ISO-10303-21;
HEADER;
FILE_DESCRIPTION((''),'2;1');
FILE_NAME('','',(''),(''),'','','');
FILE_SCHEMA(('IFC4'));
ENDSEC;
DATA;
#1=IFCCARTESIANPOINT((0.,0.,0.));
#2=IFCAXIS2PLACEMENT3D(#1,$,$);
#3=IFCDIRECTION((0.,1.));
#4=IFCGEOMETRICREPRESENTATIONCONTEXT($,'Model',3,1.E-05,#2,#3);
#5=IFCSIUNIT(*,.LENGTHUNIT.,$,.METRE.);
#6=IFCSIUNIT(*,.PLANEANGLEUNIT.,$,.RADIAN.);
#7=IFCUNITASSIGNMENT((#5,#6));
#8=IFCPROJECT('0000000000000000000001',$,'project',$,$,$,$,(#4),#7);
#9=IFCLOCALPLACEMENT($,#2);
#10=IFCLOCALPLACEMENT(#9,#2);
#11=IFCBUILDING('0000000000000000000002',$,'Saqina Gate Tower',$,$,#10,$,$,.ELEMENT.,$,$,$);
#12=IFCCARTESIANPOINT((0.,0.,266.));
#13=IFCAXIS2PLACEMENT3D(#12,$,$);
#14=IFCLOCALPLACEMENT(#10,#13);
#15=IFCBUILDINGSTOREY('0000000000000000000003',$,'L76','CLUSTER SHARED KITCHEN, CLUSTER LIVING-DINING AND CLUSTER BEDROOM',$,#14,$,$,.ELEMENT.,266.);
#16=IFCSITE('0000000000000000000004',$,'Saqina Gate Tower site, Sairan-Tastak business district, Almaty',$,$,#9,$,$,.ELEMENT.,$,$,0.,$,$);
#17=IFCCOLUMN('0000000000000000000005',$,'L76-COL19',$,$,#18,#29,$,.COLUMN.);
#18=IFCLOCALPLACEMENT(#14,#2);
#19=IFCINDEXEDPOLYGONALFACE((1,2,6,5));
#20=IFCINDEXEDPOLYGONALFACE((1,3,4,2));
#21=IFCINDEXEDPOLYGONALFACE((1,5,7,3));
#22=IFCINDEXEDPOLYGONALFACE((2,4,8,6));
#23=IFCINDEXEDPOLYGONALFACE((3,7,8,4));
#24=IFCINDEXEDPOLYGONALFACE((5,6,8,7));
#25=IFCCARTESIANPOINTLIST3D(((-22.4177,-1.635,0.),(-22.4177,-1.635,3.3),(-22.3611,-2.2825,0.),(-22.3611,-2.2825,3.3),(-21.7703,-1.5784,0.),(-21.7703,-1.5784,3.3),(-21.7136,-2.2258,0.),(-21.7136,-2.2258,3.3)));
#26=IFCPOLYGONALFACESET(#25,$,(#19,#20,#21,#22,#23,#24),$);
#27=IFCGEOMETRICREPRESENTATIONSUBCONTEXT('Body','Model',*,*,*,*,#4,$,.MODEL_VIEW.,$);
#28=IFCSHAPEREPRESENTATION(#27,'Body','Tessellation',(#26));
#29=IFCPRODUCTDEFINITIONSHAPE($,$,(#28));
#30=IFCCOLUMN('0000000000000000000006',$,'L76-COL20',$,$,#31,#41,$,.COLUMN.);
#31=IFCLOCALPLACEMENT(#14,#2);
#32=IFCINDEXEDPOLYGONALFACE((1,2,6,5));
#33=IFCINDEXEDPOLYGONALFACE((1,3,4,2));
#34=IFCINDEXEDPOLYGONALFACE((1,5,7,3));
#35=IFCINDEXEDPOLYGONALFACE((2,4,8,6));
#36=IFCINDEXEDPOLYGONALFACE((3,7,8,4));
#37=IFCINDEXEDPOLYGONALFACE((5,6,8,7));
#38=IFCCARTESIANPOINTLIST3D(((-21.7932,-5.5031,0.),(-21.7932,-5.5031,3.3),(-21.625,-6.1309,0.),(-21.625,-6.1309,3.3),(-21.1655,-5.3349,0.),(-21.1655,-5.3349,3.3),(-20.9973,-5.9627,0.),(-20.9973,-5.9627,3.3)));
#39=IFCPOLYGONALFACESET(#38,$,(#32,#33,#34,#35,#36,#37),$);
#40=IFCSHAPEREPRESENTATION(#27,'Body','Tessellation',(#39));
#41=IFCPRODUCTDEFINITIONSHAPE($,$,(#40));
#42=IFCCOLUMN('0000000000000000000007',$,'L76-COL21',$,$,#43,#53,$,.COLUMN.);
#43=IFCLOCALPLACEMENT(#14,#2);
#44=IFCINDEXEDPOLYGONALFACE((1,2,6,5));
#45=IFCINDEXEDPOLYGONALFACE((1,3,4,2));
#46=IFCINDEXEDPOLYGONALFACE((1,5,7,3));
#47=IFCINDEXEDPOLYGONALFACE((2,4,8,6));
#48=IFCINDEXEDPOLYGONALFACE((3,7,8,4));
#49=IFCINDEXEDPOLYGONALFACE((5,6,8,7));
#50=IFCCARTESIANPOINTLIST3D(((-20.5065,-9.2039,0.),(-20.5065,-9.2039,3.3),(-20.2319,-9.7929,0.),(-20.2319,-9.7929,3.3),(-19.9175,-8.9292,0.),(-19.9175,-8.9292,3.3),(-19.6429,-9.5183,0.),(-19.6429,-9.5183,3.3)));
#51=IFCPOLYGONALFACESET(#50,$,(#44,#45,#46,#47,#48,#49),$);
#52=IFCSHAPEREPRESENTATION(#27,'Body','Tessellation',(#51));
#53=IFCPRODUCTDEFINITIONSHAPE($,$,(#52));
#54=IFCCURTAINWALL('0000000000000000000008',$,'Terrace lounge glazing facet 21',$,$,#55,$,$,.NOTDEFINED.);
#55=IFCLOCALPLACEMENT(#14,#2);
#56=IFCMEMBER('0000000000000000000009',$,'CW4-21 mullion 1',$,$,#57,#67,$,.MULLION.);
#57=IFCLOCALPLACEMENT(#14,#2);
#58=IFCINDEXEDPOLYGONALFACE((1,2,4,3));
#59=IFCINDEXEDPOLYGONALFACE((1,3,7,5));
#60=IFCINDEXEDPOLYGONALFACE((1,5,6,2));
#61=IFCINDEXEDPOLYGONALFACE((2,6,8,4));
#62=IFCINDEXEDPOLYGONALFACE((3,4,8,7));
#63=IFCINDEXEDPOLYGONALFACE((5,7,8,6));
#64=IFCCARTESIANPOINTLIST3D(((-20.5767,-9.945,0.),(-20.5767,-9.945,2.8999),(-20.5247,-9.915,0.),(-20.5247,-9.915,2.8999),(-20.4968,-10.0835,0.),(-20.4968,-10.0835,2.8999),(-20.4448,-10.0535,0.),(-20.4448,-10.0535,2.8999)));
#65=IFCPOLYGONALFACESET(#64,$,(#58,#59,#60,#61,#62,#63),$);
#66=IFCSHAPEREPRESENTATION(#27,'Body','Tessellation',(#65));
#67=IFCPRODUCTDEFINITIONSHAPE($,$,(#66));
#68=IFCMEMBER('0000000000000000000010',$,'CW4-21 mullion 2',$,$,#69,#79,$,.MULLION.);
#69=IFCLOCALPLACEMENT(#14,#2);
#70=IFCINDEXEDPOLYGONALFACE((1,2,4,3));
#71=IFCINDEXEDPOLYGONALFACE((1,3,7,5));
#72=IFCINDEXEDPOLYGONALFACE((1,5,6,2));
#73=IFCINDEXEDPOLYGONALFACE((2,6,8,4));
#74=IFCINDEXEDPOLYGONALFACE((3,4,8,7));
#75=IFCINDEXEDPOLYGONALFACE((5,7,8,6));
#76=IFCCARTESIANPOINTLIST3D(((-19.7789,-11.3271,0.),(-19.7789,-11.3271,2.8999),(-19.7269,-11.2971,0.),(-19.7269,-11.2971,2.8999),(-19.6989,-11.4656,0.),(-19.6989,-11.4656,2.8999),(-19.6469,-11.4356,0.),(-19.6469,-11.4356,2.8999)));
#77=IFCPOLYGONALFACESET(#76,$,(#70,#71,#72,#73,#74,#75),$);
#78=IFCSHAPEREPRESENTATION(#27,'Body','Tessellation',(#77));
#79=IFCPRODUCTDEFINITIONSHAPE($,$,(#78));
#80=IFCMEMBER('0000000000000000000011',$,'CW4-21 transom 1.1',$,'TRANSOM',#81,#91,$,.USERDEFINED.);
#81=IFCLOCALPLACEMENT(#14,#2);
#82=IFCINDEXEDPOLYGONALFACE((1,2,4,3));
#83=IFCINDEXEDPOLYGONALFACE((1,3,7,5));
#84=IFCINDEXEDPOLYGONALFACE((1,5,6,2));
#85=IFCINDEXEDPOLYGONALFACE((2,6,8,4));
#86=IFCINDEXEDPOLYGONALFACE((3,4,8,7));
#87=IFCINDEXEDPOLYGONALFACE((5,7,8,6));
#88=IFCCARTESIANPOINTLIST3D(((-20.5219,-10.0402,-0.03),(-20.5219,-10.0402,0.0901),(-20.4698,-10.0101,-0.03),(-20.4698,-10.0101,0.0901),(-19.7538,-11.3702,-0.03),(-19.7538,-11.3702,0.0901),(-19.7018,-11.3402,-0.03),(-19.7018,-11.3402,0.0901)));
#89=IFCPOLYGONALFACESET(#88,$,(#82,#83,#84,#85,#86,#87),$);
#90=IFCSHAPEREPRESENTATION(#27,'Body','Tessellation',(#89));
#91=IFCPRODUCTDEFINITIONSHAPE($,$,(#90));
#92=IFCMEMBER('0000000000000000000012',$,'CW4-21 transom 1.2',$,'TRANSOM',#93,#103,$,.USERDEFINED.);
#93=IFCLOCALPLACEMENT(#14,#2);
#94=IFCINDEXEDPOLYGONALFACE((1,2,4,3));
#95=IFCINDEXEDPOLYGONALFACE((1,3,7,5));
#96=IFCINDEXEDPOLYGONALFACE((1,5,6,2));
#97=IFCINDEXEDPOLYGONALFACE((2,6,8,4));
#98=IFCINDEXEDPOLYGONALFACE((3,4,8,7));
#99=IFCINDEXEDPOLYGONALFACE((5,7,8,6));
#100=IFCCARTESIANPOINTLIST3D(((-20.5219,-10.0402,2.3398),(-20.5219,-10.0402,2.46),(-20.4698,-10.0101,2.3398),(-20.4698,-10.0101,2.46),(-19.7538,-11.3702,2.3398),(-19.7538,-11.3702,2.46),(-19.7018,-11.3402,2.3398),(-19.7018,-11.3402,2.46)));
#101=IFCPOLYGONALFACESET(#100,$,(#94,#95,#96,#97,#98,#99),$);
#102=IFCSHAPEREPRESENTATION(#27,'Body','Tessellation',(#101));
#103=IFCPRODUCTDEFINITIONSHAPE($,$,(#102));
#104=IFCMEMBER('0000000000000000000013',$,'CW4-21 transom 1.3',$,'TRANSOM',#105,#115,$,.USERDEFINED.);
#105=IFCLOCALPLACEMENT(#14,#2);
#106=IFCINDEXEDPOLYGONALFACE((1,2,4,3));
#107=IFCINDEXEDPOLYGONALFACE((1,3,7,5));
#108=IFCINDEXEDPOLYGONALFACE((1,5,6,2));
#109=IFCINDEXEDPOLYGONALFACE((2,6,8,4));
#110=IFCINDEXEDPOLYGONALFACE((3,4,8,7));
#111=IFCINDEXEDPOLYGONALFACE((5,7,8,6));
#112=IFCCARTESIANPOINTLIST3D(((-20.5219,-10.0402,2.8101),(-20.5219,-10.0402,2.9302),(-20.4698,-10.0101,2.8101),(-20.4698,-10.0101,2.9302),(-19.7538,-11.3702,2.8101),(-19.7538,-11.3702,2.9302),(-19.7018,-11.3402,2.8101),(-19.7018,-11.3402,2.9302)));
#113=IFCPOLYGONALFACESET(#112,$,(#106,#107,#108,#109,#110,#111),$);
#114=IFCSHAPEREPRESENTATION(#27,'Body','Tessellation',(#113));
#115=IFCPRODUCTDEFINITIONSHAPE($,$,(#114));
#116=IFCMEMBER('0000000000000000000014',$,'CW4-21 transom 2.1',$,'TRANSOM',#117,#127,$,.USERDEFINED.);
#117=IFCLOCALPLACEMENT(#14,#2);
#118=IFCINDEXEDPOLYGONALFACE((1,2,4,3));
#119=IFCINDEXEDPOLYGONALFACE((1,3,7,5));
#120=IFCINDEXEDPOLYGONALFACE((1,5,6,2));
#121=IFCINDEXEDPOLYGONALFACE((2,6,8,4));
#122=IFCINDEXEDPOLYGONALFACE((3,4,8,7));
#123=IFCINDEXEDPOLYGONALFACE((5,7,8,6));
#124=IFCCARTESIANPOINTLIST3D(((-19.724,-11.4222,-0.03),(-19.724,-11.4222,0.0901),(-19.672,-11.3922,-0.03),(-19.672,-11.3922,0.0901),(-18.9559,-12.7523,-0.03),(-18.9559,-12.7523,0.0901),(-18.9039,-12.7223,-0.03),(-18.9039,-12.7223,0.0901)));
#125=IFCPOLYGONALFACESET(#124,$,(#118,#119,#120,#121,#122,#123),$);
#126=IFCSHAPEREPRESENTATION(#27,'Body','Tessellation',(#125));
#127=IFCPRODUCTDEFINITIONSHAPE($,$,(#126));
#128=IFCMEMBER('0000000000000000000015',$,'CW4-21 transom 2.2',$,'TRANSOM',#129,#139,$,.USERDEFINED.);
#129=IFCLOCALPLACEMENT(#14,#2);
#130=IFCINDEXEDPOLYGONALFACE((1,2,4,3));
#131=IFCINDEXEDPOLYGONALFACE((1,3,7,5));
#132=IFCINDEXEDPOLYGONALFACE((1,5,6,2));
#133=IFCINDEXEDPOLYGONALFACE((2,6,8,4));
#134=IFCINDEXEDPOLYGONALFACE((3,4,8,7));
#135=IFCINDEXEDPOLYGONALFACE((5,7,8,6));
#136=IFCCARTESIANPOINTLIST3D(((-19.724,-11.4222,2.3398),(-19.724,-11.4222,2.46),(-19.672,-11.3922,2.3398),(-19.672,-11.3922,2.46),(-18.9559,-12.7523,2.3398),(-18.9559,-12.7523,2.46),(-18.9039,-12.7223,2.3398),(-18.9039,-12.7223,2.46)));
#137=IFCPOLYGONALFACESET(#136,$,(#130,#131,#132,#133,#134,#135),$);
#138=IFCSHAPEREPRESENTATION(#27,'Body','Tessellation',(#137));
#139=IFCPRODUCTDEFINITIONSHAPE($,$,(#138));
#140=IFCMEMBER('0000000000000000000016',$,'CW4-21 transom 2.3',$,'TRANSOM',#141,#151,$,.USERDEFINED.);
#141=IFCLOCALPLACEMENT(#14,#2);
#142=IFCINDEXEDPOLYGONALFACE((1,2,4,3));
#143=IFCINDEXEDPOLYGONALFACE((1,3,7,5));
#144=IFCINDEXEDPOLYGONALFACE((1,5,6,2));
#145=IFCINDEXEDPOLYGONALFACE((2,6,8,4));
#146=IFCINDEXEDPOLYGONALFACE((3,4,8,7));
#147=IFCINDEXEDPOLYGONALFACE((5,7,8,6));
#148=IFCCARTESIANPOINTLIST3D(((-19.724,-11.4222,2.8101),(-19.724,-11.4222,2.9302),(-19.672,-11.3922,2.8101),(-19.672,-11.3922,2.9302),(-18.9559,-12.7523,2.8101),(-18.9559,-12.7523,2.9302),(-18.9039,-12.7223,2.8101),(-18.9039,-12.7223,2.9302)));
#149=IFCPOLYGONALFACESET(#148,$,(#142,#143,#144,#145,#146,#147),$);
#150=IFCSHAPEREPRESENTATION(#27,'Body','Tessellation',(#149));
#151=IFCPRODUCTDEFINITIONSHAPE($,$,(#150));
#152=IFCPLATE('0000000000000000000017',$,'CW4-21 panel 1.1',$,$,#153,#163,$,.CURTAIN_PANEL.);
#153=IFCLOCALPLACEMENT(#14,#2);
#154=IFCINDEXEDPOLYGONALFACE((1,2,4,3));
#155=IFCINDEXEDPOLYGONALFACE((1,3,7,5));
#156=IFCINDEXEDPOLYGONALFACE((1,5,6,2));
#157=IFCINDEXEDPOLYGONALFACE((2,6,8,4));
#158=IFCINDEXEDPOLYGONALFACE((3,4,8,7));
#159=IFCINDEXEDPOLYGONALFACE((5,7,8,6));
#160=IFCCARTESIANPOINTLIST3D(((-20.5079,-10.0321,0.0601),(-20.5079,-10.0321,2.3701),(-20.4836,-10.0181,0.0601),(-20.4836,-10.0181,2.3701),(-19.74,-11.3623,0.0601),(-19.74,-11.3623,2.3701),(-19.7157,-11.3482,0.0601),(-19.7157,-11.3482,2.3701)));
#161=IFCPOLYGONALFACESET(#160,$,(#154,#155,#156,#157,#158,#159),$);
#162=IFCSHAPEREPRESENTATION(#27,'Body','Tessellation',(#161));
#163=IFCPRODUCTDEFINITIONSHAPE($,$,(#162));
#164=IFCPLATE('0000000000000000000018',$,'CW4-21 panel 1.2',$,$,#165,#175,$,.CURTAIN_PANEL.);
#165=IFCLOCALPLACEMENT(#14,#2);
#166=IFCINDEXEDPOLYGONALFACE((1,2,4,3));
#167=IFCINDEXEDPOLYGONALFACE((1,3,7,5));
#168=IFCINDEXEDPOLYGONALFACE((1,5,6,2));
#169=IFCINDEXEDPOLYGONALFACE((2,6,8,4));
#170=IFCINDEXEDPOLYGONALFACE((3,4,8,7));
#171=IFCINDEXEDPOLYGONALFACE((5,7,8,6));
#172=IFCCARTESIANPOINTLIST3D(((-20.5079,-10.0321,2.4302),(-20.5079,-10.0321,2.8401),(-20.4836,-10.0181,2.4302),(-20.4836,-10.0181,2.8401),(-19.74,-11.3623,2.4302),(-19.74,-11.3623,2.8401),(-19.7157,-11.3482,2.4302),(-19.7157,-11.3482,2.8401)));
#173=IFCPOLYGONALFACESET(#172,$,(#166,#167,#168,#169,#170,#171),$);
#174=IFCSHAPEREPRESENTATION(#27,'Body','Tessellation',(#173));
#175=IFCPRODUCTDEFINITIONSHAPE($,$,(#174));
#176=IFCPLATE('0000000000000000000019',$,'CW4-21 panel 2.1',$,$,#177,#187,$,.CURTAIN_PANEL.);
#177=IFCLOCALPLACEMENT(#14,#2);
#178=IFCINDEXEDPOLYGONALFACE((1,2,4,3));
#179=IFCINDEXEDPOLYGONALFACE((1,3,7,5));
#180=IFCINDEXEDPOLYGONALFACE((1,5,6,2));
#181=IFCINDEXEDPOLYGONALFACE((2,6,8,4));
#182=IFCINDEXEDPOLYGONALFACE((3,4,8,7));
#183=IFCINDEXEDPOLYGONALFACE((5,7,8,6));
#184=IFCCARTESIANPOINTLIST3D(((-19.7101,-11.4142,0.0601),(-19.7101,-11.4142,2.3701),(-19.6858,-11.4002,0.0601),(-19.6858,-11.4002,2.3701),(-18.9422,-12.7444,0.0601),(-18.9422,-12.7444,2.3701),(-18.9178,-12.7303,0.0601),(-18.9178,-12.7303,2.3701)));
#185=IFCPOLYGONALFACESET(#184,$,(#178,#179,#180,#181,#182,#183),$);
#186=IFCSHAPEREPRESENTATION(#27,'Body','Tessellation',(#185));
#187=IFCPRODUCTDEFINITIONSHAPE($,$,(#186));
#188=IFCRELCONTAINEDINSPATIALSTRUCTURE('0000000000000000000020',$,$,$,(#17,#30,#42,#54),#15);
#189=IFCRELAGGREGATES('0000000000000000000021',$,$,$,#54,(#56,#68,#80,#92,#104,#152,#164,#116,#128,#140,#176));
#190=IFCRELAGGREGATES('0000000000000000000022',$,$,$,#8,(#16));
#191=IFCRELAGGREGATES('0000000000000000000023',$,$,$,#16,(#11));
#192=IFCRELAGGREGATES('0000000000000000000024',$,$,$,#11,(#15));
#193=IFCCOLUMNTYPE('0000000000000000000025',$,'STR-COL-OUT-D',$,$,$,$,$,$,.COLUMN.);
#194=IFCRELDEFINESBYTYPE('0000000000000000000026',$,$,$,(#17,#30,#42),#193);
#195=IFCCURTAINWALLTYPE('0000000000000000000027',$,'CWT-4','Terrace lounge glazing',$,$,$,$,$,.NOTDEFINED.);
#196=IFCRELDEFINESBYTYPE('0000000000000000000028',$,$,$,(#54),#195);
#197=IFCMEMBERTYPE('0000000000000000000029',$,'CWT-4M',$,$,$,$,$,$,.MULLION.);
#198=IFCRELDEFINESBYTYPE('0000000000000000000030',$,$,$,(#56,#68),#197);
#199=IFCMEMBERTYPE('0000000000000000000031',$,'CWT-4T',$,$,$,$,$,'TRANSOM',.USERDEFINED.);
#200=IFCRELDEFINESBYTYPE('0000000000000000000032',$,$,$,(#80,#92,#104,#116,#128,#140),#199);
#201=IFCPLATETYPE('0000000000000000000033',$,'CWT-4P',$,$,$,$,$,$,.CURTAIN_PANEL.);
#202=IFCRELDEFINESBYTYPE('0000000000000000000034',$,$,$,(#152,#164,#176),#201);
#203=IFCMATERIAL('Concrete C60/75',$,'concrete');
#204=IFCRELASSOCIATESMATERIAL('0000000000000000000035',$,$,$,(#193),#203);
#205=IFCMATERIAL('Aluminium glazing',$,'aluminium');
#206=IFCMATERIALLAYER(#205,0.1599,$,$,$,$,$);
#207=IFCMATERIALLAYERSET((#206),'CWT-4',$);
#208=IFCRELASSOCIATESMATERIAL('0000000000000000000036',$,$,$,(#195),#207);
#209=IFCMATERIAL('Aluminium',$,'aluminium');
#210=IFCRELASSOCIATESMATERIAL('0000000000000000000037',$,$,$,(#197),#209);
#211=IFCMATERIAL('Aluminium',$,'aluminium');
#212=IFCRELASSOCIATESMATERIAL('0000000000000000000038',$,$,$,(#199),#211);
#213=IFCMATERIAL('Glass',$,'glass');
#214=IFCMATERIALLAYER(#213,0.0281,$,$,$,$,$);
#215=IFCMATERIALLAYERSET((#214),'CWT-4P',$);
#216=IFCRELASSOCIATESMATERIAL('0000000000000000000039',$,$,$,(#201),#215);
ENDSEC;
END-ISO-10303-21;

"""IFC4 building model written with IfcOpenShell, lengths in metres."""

from ifc_helpers import new_model, si_unit, direction, frame, origin, origin_2d, place, context, subcontext, project, spatial, rectangle, extrude, material, layer, layer_set, material_profile, profile_set, type_object, element, aggregate, save


model = new_model("IFC4")

# Units and contexts
model_context = context("Model", 3, precision=1e-05, world=origin(), true_north=direction((0.0, 1.0)))
body_context = subcontext(model_context, "Body", "Model", "MODEL_VIEW")
ifc_project = project(units=[si_unit("LENGTHUNIT", "METRE"), si_unit("PLANEANGLEUNIT", "RADIAN")], contexts=[model_context])

# Site, building, storey
site_placement = place(None, origin())
site = spatial("IfcSite", under=ifc_project, at=site_placement, Name="Saqina Gate Tower site, Sairan-Tastak business district, Almaty", CompositionType="ELEMENT", RefElevation=0.0)
building_placement = place(site_placement, origin())
building = spatial("IfcBuilding", under=site, at=building_placement, Name="Saqina Gate Tower", CompositionType="ELEMENT")
storey_placement = place(building_placement, frame((0.0, 0.0, 266.0)))
storey = spatial("IfcBuildingStorey", under=building, at=storey_placement, Name="L76", Description="CLUSTER SHARED KITCHEN, CLUSTER LIVING-DINING AND CLUSTER BEDROOM", CompositionType="ELEMENT", Elevation=266.0)

# Columns
ifc_material_1 = material(Name="Concrete C60/75", Category="concrete")
ifc_material_profile_1 = material_profile(ifc_material_1, rectangle(XDim=0.6499, YDim=0.6499, at=origin_2d()), Name="RC 650x650")
ifc_profile_set_1 = profile_set([ifc_material_profile_1], Name="Concrete C60/75")
column_type = type_object("IfcColumnType", Name="STR-COL-OUT-D", PredefinedType="COLUMN", material=ifc_profile_set_1)
for number, where, z_axis, x_axis, name in (
    (1, (-22.0657, -1.9304, 0.0), (0.0, 0.0, 1.0), (-0.996195, -0.087156, 0.0), "L76-COL19"),
    (2, (-21.3953, -5.7329, 0.0), (0.0, 0.0, 1.0), (-0.965926, -0.258819, 0.0), "L76-COL20"),
    (3, (-20.0747, -9.3611, 0.0), (0.0, 0.0, 1.0), (-0.906308, -0.422618, 0.0), "L76-COL21"),
):
    element("IfcColumn", number, at=place(storey_placement, frame(where, z_axis=z_axis, x_axis=x_axis)), inside=storey, type_object=column_type, Name=name, PredefinedType="COLUMN", context=body_context, shape_type="SweptSolid", body=[
        extrude(rectangle(XDim=0.6499, YDim=0.6499, at=origin_2d()), origin(), (0.0, 0.0, 1.0), 3.3),
    ])

# Curtain wall, members, plates
ifc_material_2 = material(Name="Aluminium glazing", Category="aluminium")
ifc_layer_1 = layer(ifc_material_2, 0.1599)
ifc_layer_set_1 = layer_set([ifc_layer_1], Name="CWT-4")
curtain_wall_type = type_object("IfcCurtainWallType", Name="CWT-4", Description="Terrace lounge glazing", PredefinedType="NOTDEFINED", material=ifc_layer_set_1)
curtain_wall_placement = place(storey_placement, origin())
curtain_wall = element("IfcCurtainWall", 4, at=curtain_wall_placement, inside=storey, type_object=curtain_wall_type, Name="Terrace lounge glazing facet 21", PredefinedType="NOTDEFINED")
ifc_material_3 = material(Name="Aluminium", Category="aluminium")
ifc_material_profile_2 = material_profile(ifc_material_3, rectangle(XDim=0.0601, YDim=0.1599, at=origin_2d()), Name="Aluminium 60x160")
ifc_profile_set_2 = profile_set([ifc_material_profile_2], Name="Aluminium")
member_type_1 = type_object("IfcMemberType", Name="CWT-4M", PredefinedType="MULLION", material=ifc_profile_set_2)
member_1_placement = place(storey_placement, frame((-20.5107, -9.9993, 0.0), z_axis=(0.0, 0.0, 1.0), x_axis=(0.866036, 0.499982, 0.0)))
member_1 = element("IfcMember", 5, at=member_1_placement, type_object=member_type_1, Name="CW4-21 mullion 1", PredefinedType="MULLION", context=body_context, shape_type="SweptSolid", body=[
    extrude(rectangle(XDim=0.0601, YDim=0.1599, at=origin_2d()), origin(), (0.0, 0.0, 1.0), 2.8999),
])
member_2_placement = place(storey_placement, frame((-19.7129, -11.3813, 0.0), z_axis=(0.0, 0.0, 1.0), x_axis=(0.866036, 0.499982, 0.0)))
member_2 = element("IfcMember", 6, at=member_2_placement, type_object=member_type_1, Name="CW4-21 mullion 2", PredefinedType="MULLION", context=body_context, shape_type="SweptSolid", body=[
    extrude(rectangle(XDim=0.0601, YDim=0.1599, at=origin_2d()), origin(), (0.0, 0.0, 1.0), 2.8999),
])
ifc_material_4 = material(Name="Aluminium", Category="aluminium")
ifc_material_profile_3 = material_profile(ifc_material_4, rectangle(XDim=0.0601, YDim=0.1201, at=origin_2d()), Name="Aluminium 60x120")
ifc_profile_set_3 = profile_set([ifc_material_profile_3], Name="Aluminium")
member_type_2 = type_object("IfcMemberType", Name="CWT-4T", ElementType="TRANSOM", PredefinedType="USERDEFINED", material=ifc_profile_set_3)
member_3_placement = place(storey_placement, frame((-20.4958, -10.0251, 0.03), z_axis=(0.500071, -0.865984, 0.0), x_axis=(0.865984, 0.500071, 0.0)))
member_3 = element("IfcMember", 7, at=member_3_placement, type_object=member_type_2, Name="CW4-21 transom 1.1", ObjectType="TRANSOM", PredefinedType="USERDEFINED", context=body_context, shape_type="SweptSolid", body=[
    extrude(rectangle(XDim=0.0601, YDim=0.1201, at=origin_2d()), origin(), (0.0, 0.0, 1.0), 1.5359),
])
member_4_placement = place(storey_placement, frame((-20.4958, -10.0251, 2.3999), z_axis=(0.500071, -0.865984, 0.0), x_axis=(0.865984, 0.500071, 0.0)))
member_4 = element("IfcMember", 8, at=member_4_placement, type_object=member_type_2, Name="CW4-21 transom 1.2", ObjectType="TRANSOM", PredefinedType="USERDEFINED", context=body_context, shape_type="SweptSolid", body=[
    extrude(rectangle(XDim=0.0601, YDim=0.1201, at=origin_2d()), origin(), (0.0, 0.0, 1.0), 1.5359),
])
member_5_placement = place(storey_placement, frame((-20.4958, -10.0251, 2.8701), z_axis=(0.500071, -0.865984, 0.0), x_axis=(0.865984, 0.500071, 0.0)))
member_5 = element("IfcMember", 9, at=member_5_placement, type_object=member_type_2, Name="CW4-21 transom 1.3", ObjectType="TRANSOM", PredefinedType="USERDEFINED", context=body_context, shape_type="SweptSolid", body=[
    extrude(rectangle(XDim=0.0601, YDim=0.1201, at=origin_2d()), origin(), (0.0, 0.0, 1.0), 1.5359),
])
member_6_placement = place(storey_placement, frame((-19.698, -11.4072, 0.03), z_axis=(0.500071, -0.865984, 0.0), x_axis=(0.865984, 0.500071, 0.0)))
member_6 = element("IfcMember", 10, at=member_6_placement, type_object=member_type_2, Name="CW4-21 transom 2.1", ObjectType="TRANSOM", PredefinedType="USERDEFINED", context=body_context, shape_type="SweptSolid", body=[
    extrude(rectangle(XDim=0.0601, YDim=0.1201, at=origin_2d()), origin(), (0.0, 0.0, 1.0), 1.5359),
])
member_7_placement = place(storey_placement, frame((-19.698, -11.4072, 2.3999), z_axis=(0.500071, -0.865984, 0.0), x_axis=(0.865984, 0.500071, 0.0)))
member_7 = element("IfcMember", 11, at=member_7_placement, type_object=member_type_2, Name="CW4-21 transom 2.2", ObjectType="TRANSOM", PredefinedType="USERDEFINED", context=body_context, shape_type="SweptSolid", body=[
    extrude(rectangle(XDim=0.0601, YDim=0.1201, at=origin_2d()), origin(), (0.0, 0.0, 1.0), 1.5359),
])
member_8_placement = place(storey_placement, frame((-19.698, -11.4072, 2.8701), z_axis=(0.500071, -0.865984, 0.0), x_axis=(0.865984, 0.500071, 0.0)))
member_8 = element("IfcMember", 12, at=member_8_placement, type_object=member_type_2, Name="CW4-21 transom 2.3", ObjectType="TRANSOM", PredefinedType="USERDEFINED", context=body_context, shape_type="SweptSolid", body=[
    extrude(rectangle(XDim=0.0601, YDim=0.1201, at=origin_2d()), origin(), (0.0, 0.0, 1.0), 1.5359),
])
ifc_material_5 = material(Name="Glass", Category="glass")
ifc_layer_2 = layer(ifc_material_5, 0.0281)
ifc_layer_set_2 = layer_set([ifc_layer_2], Name="CWT-4P")
plate_type = type_object("IfcPlateType", Name="CWT-4P", PredefinedType="CURTAIN_PANEL", material=ifc_layer_set_2)
plate_1_placement = place(storey_placement, frame((-20.1118, -10.6902, 0.0601), z_axis=(0.0, 0.0, 1.0), x_axis=(0.499982, -0.866036, 0.0)))
plate_1 = element("IfcPlate", 13, at=plate_1_placement, type_object=plate_type, Name="CW4-21 panel 1.1", PredefinedType="CURTAIN_PANEL", context=body_context, shape_type="SweptSolid", body=[
    extrude(rectangle(XDim=1.5359, YDim=0.0281, at=origin_2d()), origin(), (0.0, 0.0, 1.0), 2.3101),
])
plate_2_placement = place(storey_placement, frame((-20.1118, -10.6902, 2.4302), z_axis=(0.0, 0.0, 1.0), x_axis=(0.499982, -0.866036, 0.0)))
plate_2 = element("IfcPlate", 14, at=plate_2_placement, type_object=plate_type, Name="CW4-21 panel 1.2", PredefinedType="CURTAIN_PANEL", context=body_context, shape_type="SweptSolid", body=[
    extrude(rectangle(XDim=1.5359, YDim=0.0281, at=origin_2d()), origin(), (0.0, 0.0, 1.0), 0.4099),
])
plate_3_placement = place(storey_placement, frame((-19.314, -12.0723, 0.0601), z_axis=(0.0, 0.0, 1.0), x_axis=(0.499982, -0.866036, 0.0)))
plate_3 = element("IfcPlate", 15, at=plate_3_placement, type_object=plate_type, Name="CW4-21 panel 2.1", PredefinedType="CURTAIN_PANEL", context=body_context, shape_type="SweptSolid", body=[
    extrude(rectangle(XDim=1.5359, YDim=0.0281, at=origin_2d()), origin(), (0.0, 0.0, 1.0), 2.3101),
])
aggregate(curtain_wall, [member_1, member_2, member_3, member_4, member_5, plate_1, plate_2, member_6, member_7, member_8, plate_3])

save(model, "model.ifc")
